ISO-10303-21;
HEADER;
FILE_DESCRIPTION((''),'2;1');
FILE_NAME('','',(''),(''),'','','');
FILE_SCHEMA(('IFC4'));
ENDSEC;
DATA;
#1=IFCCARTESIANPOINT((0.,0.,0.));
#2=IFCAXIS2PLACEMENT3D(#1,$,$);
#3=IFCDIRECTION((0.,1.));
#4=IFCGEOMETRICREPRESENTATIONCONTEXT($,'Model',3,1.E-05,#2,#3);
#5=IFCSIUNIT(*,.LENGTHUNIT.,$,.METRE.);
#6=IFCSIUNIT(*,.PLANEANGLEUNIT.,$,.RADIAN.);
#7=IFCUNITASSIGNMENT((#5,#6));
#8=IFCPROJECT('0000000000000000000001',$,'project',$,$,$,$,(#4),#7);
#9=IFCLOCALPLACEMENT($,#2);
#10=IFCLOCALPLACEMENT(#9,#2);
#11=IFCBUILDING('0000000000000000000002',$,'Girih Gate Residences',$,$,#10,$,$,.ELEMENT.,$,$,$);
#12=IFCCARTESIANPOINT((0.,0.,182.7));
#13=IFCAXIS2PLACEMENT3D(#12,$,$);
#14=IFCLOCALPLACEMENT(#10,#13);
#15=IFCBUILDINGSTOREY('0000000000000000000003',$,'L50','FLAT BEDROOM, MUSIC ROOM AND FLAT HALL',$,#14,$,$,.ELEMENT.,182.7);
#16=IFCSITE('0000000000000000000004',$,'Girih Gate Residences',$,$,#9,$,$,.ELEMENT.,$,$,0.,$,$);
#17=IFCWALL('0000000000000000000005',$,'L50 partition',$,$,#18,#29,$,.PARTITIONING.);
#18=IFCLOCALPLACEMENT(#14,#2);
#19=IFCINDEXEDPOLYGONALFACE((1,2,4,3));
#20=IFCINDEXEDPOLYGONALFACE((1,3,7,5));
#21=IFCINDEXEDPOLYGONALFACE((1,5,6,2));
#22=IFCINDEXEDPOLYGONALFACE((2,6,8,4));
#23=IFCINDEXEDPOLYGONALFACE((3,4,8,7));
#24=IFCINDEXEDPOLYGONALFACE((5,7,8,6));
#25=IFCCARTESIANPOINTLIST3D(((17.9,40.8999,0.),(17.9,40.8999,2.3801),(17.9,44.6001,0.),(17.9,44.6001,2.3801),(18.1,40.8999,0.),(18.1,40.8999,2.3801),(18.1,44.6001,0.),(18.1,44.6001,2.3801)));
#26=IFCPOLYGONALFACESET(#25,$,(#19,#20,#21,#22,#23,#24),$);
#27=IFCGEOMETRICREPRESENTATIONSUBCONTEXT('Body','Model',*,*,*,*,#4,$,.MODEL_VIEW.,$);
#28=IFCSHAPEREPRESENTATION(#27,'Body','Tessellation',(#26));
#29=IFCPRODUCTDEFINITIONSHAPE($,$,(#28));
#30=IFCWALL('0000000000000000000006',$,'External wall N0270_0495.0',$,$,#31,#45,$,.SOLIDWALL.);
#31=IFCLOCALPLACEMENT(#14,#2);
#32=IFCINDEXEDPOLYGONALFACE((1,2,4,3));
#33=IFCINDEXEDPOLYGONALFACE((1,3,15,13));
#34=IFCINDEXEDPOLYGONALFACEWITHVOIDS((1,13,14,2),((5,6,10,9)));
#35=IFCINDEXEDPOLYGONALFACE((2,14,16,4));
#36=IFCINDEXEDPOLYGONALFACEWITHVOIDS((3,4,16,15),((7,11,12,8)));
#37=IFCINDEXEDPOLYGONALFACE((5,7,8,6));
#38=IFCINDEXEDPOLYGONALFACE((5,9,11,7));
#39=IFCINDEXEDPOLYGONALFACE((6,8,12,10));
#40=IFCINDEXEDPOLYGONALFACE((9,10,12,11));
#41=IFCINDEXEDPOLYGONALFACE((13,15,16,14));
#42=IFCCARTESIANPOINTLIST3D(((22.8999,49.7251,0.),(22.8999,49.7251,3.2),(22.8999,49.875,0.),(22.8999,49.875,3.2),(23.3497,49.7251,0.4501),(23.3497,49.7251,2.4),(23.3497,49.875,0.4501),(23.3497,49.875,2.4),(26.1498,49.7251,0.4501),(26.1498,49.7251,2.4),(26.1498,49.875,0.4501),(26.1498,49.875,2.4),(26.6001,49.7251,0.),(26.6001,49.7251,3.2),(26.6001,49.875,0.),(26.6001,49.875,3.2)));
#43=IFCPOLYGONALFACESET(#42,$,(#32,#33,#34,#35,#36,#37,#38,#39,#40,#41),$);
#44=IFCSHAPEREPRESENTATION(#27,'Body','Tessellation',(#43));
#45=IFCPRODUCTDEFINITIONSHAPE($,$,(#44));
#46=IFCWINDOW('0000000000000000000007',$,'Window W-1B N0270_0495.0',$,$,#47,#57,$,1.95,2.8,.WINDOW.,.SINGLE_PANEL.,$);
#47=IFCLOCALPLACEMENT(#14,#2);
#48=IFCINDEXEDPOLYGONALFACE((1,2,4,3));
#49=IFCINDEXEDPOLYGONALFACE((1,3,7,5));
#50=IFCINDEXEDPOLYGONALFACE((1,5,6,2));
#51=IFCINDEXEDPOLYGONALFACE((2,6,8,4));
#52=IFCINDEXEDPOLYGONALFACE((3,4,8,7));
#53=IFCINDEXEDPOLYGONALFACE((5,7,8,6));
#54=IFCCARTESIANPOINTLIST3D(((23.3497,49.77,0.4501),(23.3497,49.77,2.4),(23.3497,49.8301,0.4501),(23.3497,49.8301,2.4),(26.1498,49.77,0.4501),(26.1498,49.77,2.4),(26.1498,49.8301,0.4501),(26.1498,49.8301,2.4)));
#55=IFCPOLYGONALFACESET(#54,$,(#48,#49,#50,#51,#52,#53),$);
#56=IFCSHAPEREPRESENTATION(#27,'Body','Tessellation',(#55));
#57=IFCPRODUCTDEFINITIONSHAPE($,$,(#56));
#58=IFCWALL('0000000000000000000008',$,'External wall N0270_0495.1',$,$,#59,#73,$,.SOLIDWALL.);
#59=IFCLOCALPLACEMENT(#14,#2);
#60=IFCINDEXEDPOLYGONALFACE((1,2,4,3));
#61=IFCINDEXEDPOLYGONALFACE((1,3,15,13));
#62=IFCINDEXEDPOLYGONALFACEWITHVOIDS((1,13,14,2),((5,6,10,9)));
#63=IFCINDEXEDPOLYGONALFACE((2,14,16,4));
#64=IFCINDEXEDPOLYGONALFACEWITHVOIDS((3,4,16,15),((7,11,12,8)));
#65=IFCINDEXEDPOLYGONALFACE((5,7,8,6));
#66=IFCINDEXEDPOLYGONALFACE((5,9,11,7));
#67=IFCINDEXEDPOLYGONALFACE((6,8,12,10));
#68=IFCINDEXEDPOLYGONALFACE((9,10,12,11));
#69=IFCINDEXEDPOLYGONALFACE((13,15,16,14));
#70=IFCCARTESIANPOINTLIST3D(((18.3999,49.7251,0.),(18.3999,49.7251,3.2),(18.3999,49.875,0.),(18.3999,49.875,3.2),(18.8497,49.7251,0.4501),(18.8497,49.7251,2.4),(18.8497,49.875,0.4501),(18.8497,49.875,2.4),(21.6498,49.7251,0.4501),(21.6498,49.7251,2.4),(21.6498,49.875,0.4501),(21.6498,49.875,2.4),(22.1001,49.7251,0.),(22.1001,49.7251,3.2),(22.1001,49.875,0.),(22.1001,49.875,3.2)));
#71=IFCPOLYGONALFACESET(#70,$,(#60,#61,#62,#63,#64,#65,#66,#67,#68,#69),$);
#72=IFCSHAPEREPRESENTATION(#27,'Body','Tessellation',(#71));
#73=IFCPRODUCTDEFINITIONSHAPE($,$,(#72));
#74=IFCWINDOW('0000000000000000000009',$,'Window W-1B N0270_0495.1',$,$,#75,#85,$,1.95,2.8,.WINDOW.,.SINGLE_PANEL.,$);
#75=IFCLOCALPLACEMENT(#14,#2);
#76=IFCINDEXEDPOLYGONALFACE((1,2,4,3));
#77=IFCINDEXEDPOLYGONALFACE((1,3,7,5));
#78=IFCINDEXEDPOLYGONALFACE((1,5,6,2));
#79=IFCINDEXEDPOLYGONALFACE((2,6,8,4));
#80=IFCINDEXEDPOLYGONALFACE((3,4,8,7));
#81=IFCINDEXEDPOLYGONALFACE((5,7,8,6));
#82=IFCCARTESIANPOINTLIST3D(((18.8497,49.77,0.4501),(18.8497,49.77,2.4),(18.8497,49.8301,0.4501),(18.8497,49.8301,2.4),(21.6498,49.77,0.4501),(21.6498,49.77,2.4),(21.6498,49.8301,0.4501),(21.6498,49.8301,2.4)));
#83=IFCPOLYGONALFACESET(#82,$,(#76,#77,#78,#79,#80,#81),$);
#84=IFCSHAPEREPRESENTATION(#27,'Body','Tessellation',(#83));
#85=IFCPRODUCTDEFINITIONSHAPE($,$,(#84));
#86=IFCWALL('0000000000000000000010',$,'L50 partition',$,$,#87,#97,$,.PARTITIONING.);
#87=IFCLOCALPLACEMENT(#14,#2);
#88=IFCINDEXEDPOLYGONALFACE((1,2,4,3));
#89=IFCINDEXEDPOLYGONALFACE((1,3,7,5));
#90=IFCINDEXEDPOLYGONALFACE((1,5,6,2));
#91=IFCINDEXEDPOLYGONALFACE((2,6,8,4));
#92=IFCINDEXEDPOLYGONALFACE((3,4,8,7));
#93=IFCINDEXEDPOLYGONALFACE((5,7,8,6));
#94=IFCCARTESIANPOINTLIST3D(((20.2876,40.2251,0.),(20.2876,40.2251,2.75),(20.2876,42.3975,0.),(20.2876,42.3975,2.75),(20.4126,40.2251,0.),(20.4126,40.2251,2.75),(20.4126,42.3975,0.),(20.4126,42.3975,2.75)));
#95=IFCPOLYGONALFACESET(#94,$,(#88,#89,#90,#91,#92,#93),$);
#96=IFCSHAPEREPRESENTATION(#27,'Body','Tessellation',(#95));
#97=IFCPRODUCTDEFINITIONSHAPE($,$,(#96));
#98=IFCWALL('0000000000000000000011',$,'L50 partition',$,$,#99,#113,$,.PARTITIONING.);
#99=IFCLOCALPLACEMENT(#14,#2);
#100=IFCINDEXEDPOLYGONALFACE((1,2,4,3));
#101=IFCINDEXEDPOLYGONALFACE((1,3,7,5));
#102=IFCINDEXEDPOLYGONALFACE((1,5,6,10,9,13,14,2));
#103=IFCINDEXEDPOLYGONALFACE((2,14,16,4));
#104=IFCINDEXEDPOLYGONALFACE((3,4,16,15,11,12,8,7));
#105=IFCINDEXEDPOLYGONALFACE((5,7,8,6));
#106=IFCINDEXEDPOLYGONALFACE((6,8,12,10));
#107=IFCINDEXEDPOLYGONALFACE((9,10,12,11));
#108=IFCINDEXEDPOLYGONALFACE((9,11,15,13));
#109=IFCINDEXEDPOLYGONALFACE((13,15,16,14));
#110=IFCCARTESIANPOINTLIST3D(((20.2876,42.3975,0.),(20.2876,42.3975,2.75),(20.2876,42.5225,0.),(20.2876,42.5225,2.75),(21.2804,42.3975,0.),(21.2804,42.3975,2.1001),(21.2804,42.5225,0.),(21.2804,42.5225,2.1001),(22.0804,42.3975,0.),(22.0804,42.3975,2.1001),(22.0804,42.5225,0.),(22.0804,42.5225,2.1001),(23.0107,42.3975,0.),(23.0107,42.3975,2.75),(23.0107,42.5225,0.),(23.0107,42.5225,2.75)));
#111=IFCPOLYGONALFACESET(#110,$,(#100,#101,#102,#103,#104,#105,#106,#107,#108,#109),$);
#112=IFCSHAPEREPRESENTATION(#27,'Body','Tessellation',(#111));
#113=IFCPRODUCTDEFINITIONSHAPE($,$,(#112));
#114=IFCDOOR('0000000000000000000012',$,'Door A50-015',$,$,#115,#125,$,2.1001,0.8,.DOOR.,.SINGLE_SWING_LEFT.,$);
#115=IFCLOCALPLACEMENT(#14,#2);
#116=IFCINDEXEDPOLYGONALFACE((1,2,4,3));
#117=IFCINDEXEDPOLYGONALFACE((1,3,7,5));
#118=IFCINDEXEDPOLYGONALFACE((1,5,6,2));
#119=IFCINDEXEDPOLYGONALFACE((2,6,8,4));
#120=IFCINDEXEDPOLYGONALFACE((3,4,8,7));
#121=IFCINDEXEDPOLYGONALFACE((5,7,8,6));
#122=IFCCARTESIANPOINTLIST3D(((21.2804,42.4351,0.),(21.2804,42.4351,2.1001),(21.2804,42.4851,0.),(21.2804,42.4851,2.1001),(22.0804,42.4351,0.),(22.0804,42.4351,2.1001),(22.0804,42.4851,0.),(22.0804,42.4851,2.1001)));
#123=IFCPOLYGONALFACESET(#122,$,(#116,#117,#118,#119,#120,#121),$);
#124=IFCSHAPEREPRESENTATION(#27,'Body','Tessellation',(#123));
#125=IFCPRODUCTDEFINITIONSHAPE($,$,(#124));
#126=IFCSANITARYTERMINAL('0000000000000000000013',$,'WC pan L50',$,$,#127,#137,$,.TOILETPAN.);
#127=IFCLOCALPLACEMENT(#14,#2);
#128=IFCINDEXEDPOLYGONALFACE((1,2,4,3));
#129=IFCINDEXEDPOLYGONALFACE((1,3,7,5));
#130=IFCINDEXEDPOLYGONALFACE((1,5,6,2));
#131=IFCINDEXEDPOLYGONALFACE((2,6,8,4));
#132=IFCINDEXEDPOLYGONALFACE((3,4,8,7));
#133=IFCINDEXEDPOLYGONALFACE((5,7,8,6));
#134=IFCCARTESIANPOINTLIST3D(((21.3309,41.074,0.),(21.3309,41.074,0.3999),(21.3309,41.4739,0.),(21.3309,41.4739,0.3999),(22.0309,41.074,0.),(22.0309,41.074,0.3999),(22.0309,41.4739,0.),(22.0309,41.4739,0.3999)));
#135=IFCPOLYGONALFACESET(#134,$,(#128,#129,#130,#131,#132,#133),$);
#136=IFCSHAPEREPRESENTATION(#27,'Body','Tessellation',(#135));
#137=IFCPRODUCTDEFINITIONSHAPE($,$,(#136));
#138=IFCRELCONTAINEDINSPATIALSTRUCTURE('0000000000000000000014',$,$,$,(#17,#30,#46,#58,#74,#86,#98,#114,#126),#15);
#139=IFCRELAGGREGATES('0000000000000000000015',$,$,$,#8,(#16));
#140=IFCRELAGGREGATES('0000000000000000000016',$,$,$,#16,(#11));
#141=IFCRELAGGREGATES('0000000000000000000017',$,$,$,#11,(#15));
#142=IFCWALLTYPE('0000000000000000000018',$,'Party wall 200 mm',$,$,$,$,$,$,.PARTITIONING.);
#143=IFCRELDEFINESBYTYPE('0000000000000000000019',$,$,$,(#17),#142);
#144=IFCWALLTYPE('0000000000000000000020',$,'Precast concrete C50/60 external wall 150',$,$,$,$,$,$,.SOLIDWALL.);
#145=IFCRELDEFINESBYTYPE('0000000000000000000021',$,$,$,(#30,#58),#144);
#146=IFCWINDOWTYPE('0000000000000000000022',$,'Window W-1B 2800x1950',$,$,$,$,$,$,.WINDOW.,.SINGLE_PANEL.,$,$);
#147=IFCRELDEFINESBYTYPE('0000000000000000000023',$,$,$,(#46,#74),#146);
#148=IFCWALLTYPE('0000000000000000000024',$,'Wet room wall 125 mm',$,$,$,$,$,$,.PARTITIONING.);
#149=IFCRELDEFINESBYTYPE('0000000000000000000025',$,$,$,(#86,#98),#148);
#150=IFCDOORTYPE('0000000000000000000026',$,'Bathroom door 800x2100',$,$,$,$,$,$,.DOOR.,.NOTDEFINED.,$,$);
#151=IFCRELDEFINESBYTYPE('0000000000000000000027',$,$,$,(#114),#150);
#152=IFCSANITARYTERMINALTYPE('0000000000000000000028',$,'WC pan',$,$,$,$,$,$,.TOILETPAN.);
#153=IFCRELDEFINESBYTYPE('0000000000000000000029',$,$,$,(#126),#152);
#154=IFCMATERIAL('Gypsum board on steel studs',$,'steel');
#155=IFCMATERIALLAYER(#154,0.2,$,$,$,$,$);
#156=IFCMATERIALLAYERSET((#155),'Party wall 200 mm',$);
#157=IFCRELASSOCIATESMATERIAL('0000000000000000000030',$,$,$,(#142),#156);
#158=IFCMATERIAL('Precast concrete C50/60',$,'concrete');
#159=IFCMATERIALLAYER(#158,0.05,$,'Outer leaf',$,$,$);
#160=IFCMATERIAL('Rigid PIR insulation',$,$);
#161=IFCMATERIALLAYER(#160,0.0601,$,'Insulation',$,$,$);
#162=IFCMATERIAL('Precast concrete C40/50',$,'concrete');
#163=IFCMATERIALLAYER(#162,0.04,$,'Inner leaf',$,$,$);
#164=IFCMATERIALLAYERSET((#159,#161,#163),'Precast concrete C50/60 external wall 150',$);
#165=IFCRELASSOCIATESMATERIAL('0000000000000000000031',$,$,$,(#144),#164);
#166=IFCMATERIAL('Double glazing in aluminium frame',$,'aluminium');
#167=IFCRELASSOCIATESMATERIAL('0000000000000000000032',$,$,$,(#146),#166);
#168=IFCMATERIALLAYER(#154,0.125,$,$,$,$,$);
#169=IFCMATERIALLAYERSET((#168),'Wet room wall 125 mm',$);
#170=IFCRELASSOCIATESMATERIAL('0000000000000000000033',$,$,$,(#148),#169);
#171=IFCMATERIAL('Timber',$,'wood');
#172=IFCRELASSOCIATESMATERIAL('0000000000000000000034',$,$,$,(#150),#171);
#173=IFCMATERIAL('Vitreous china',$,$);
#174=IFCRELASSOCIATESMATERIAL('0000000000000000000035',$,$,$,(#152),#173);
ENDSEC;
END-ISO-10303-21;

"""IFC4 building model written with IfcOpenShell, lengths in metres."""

from ifc_helpers import new_model, si_unit, direction, frame, frame_2d, origin, origin_2d, place, context, subcontext, project, spatial, rectangle, extrude, material, layer, layer_set, type_object, element, fill, save


model = new_model("IFC4")

# Units and contexts
model_context = context("Model", 3, precision=1e-05, world=origin(), true_north=direction((0.0, 1.0)))
body_context = subcontext(model_context, "Body", "Model", "MODEL_VIEW")
ifc_project = project(units=[si_unit("LENGTHUNIT", "METRE"), si_unit("PLANEANGLEUNIT", "RADIAN")], contexts=[model_context])

# Site, building, storey
site_placement = place(None, origin())
site = spatial("IfcSite", under=ifc_project, at=site_placement, Name="Girih Gate Residences", CompositionType="ELEMENT", RefElevation=0.0)
building_placement = place(site_placement, origin())
building = spatial("IfcBuilding", under=site, at=building_placement, Name="Girih Gate Residences", CompositionType="ELEMENT")
storey_placement = place(building_placement, frame((0.0, 0.0, 182.7)))
storey = spatial("IfcBuildingStorey", under=building, at=storey_placement, Name="L50", Description="FLAT BEDROOM, MUSIC ROOM AND FLAT HALL", CompositionType="ELEMENT", Elevation=182.7)

# Shared definitions
ifc_material_1 = material(Name="Gypsum board on steel studs", Category="steel")

# Shared definitions
ifc_material_2 = material(Name="Timber", Category="wood")

# Wall
ifc_layer_1 = layer(ifc_material_1, 0.2)
ifc_layer_set_1 = layer_set([ifc_layer_1], Name="Party wall 200 mm")
wall_type_1 = type_object("IfcWallType", Name="Party wall 200 mm", PredefinedType="PARTITIONING", material=ifc_layer_set_1)
for number, where, z_axis, x_axis, name in (
    (1, (18.0, 40.8999, 0.0), (0.0, 0.0, 1.0), (0.0, 1.0, 0.0), "L50 partition"),
):
    element("IfcWall", number, at=place(storey_placement, frame(where, z_axis=z_axis, x_axis=x_axis)), inside=storey, type_object=wall_type_1, Name=name, PredefinedType="PARTITIONING", context=body_context, shape_type="SweptSolid", body=[
        extrude(rectangle(XDim=3.7002, YDim=0.2, at=frame_2d((1.8501, 0.0))), origin(), (0.0, 0.0, 1.0), 2.3801),
    ])

# Walls, openings, windows
ifc_material_3 = material(Name="Precast concrete C50/60", Category="concrete")
ifc_layer_2 = layer(ifc_material_3, 0.05, Name="Outer leaf")
ifc_material_4 = material(Name="Rigid PIR insulation")
ifc_layer_3 = layer(ifc_material_4, 0.0601, Name="Insulation")
ifc_material_5 = material(Name="Precast concrete C40/50", Category="concrete")
ifc_layer_4 = layer(ifc_material_5, 0.04, Name="Inner leaf")
ifc_layer_set_2 = layer_set([ifc_layer_2, ifc_layer_3, ifc_layer_4], Name="Precast concrete C50/60 external wall 150")
wall_type_2 = type_object("IfcWallType", Name="Precast concrete C50/60 external wall 150", PredefinedType="SOLIDWALL", material=ifc_layer_set_2)
wall_1_placement = place(storey_placement, frame((22.8999, 49.8, 0.0), z_axis=(0.0, 0.0, 1.0), x_axis=(1.0, 0.0, 0.0)))
wall_1 = element("IfcWall", 2, at=wall_1_placement, inside=storey, type_object=wall_type_2, Name="External wall N0270_0495.0", PredefinedType="SOLIDWALL", context=body_context, shape_type="SweptSolid", body=[
    extrude(rectangle(XDim=3.7002, YDim=0.1499, at=frame_2d((1.8501, 0.0))), origin(), (0.0, 0.0, 1.0), 3.2),
])
opening_1_placement = place(wall_1_placement, frame((0.45, 0.0, 0.45)))
opening_1 = element("IfcOpeningElement", 3, at=opening_1_placement, cuts=wall_1, PredefinedType="OPENING", context=body_context, shape_type="SweptSolid", body=[
    extrude(rectangle(XDim=2.8, YDim=1.95, at=frame_2d((1.3999, 0.9751))), frame((0.0, 0.085, 0.0), z_axis=(0.0, -1.0, 0.0), x_axis=(1.0, 0.0, 0.0)), (0.0, 0.0, 1.0), 0.1699),
])
ifc_material_6 = material(Name="Double glazing in aluminium frame", Category="aluminium")
window_type = type_object("IfcWindowType", Name="Window W-1B 2800x1950", PartitioningType="SINGLE_PANEL", PredefinedType="WINDOW", material=ifc_material_6)
window_1_placement = place(opening_1_placement, origin())
window_1 = element("IfcWindow", 4, at=window_1_placement, inside=storey, type_object=window_type, Name="Window W-1B N0270_0495.0", OverallHeight=1.95, OverallWidth=2.8, PartitioningType="SINGLE_PANEL", PredefinedType="WINDOW", context=body_context, shape_type="SweptSolid", body=[
    extrude(rectangle(XDim=2.8, YDim=1.95, at=frame_2d((1.3999, 0.9751))), frame((0.0, 0.03, 0.0), z_axis=(0.0, -1.0, 0.0), x_axis=(1.0, 0.0, 0.0)), (0.0, 0.0, 1.0), 0.0601),
])
fill(opening_1, window_1)
wall_2_placement = place(storey_placement, frame((18.3999, 49.8, 0.0), z_axis=(0.0, 0.0, 1.0), x_axis=(1.0, 0.0, 0.0)))
wall_2 = element("IfcWall", 5, at=wall_2_placement, inside=storey, type_object=wall_type_2, Name="External wall N0270_0495.1", PredefinedType="SOLIDWALL", context=body_context, shape_type="SweptSolid", body=[
    extrude(rectangle(XDim=3.7002, YDim=0.1499, at=frame_2d((1.8501, 0.0))), origin(), (0.0, 0.0, 1.0), 3.2),
])
opening_2_placement = place(wall_2_placement, frame((0.45, 0.0, 0.45)))
opening_2 = element("IfcOpeningElement", 6, at=opening_2_placement, cuts=wall_2, PredefinedType="OPENING", context=body_context, shape_type="SweptSolid", body=[
    extrude(rectangle(XDim=2.8, YDim=1.95, at=frame_2d((1.3999, 0.9751))), frame((0.0, 0.085, 0.0), z_axis=(0.0, -1.0, 0.0), x_axis=(1.0, 0.0, 0.0)), (0.0, 0.0, 1.0), 0.1699),
])
window_2_placement = place(opening_2_placement, origin())
window_2 = element("IfcWindow", 7, at=window_2_placement, inside=storey, type_object=window_type, Name="Window W-1B N0270_0495.1", OverallHeight=1.95, OverallWidth=2.8, PartitioningType="SINGLE_PANEL", PredefinedType="WINDOW", context=body_context, shape_type="SweptSolid", body=[
    extrude(rectangle(XDim=2.8, YDim=1.95, at=frame_2d((1.3999, 0.9751))), frame((0.0, 0.03, 0.0), z_axis=(0.0, -1.0, 0.0), x_axis=(1.0, 0.0, 0.0)), (0.0, 0.0, 1.0), 0.0601),
])
fill(opening_2, window_2)

# Wall
ifc_layer_5 = layer(ifc_material_1, 0.125)
ifc_layer_set_3 = layer_set([ifc_layer_5], Name="Wet room wall 125 mm")
wall_type_3 = type_object("IfcWallType", Name="Wet room wall 125 mm", PredefinedType="PARTITIONING", material=ifc_layer_set_3)
wall_3_placement = place(storey_placement, frame((20.3501, 40.2251, 0.0), z_axis=(0.0, 0.0, 1.0), x_axis=(0.0, 1.0, 0.0)))
element("IfcWall", 8, at=wall_3_placement, inside=storey, type_object=wall_type_3, Name="L50 partition", PredefinedType="PARTITIONING", context=body_context, shape_type="SweptSolid", body=[
    extrude(rectangle(XDim=2.1724, YDim=0.125, at=frame_2d((1.0862, 0.0))), origin(), (0.0, 0.0, 1.0), 2.75),
])

# Wall, opening, door
wall_4_placement = place(storey_placement, frame((23.0107, 42.46, 0.0), z_axis=(0.0, 0.0, 1.0), x_axis=(-1.0, 0.0, 0.0)))
wall_4 = element("IfcWall", 9, at=wall_4_placement, inside=storey, type_object=wall_type_3, Name="L50 partition", PredefinedType="PARTITIONING", context=body_context, shape_type="SweptSolid", body=[
    extrude(rectangle(XDim=2.7231, YDim=0.125, at=frame_2d((1.3616, 0.0))), origin(), (0.0, 0.0, 1.0), 2.75),
])
opening_3_placement = place(wall_4_placement, frame((0.9304, 0.0, 0.0)))
opening_3 = element("IfcOpeningElement", 10, at=opening_3_placement, cuts=wall_4, PredefinedType="OPENING", context=body_context, shape_type="SweptSolid", body=[
    extrude(rectangle(XDim=0.8, YDim=2.1001, at=frame_2d((0.3999, 1.05))), frame((0.0, 0.0725, 0.0), z_axis=(0.0, -1.0, 0.0), x_axis=(1.0, 0.0, 0.0)), (0.0, 0.0, 1.0), 0.145),
])
door_type_1 = type_object("IfcDoorType", Name="Bathroom door 800x2100", OperationType="NOTDEFINED", PredefinedType="DOOR", material=ifc_material_2)
door_1_placement = place(opening_3_placement, origin())
door_1 = element("IfcDoor", 11, at=door_1_placement, inside=storey, type_object=door_type_1, Name="Door A50-015", OperationType="SINGLE_SWING_LEFT", OverallHeight=2.1001, OverallWidth=0.8, PredefinedType="DOOR", context=body_context, shape_type="SweptSolid", body=[
    extrude(rectangle(XDim=0.8, YDim=2.1001, at=frame_2d((0.3999, 1.05))), frame((0.0, 0.0249, 0.0), z_axis=(0.0, -1.0, 0.0), x_axis=(1.0, 0.0, 0.0)), (0.0, 0.0, 1.0), 0.05),
])
fill(opening_3, door_1)

# Sanitary terminal
ifc_material_7 = material(Name="Vitreous china")
sanitary_terminal_type = type_object("IfcSanitaryTerminalType", Name="WC pan", PredefinedType="TOILETPAN", material=ifc_material_7)
sanitary_terminal_placement = place(storey_placement, frame((21.6809, 41.2739, 0.0), z_axis=(0.0, 0.0, 1.0), x_axis=(1.0, 0.0, 0.0)))
element("IfcSanitaryTerminal", 12, at=sanitary_terminal_placement, inside=storey, type_object=sanitary_terminal_type, Name="WC pan L50", PredefinedType="TOILETPAN", context=body_context, shape_type="SweptSolid", body=[
    extrude(rectangle(XDim=0.7, YDim=0.3999, at=origin_2d()), origin(), (0.0, 0.0, 1.0), 0.3999),
])

save(model, "model.ifc")
